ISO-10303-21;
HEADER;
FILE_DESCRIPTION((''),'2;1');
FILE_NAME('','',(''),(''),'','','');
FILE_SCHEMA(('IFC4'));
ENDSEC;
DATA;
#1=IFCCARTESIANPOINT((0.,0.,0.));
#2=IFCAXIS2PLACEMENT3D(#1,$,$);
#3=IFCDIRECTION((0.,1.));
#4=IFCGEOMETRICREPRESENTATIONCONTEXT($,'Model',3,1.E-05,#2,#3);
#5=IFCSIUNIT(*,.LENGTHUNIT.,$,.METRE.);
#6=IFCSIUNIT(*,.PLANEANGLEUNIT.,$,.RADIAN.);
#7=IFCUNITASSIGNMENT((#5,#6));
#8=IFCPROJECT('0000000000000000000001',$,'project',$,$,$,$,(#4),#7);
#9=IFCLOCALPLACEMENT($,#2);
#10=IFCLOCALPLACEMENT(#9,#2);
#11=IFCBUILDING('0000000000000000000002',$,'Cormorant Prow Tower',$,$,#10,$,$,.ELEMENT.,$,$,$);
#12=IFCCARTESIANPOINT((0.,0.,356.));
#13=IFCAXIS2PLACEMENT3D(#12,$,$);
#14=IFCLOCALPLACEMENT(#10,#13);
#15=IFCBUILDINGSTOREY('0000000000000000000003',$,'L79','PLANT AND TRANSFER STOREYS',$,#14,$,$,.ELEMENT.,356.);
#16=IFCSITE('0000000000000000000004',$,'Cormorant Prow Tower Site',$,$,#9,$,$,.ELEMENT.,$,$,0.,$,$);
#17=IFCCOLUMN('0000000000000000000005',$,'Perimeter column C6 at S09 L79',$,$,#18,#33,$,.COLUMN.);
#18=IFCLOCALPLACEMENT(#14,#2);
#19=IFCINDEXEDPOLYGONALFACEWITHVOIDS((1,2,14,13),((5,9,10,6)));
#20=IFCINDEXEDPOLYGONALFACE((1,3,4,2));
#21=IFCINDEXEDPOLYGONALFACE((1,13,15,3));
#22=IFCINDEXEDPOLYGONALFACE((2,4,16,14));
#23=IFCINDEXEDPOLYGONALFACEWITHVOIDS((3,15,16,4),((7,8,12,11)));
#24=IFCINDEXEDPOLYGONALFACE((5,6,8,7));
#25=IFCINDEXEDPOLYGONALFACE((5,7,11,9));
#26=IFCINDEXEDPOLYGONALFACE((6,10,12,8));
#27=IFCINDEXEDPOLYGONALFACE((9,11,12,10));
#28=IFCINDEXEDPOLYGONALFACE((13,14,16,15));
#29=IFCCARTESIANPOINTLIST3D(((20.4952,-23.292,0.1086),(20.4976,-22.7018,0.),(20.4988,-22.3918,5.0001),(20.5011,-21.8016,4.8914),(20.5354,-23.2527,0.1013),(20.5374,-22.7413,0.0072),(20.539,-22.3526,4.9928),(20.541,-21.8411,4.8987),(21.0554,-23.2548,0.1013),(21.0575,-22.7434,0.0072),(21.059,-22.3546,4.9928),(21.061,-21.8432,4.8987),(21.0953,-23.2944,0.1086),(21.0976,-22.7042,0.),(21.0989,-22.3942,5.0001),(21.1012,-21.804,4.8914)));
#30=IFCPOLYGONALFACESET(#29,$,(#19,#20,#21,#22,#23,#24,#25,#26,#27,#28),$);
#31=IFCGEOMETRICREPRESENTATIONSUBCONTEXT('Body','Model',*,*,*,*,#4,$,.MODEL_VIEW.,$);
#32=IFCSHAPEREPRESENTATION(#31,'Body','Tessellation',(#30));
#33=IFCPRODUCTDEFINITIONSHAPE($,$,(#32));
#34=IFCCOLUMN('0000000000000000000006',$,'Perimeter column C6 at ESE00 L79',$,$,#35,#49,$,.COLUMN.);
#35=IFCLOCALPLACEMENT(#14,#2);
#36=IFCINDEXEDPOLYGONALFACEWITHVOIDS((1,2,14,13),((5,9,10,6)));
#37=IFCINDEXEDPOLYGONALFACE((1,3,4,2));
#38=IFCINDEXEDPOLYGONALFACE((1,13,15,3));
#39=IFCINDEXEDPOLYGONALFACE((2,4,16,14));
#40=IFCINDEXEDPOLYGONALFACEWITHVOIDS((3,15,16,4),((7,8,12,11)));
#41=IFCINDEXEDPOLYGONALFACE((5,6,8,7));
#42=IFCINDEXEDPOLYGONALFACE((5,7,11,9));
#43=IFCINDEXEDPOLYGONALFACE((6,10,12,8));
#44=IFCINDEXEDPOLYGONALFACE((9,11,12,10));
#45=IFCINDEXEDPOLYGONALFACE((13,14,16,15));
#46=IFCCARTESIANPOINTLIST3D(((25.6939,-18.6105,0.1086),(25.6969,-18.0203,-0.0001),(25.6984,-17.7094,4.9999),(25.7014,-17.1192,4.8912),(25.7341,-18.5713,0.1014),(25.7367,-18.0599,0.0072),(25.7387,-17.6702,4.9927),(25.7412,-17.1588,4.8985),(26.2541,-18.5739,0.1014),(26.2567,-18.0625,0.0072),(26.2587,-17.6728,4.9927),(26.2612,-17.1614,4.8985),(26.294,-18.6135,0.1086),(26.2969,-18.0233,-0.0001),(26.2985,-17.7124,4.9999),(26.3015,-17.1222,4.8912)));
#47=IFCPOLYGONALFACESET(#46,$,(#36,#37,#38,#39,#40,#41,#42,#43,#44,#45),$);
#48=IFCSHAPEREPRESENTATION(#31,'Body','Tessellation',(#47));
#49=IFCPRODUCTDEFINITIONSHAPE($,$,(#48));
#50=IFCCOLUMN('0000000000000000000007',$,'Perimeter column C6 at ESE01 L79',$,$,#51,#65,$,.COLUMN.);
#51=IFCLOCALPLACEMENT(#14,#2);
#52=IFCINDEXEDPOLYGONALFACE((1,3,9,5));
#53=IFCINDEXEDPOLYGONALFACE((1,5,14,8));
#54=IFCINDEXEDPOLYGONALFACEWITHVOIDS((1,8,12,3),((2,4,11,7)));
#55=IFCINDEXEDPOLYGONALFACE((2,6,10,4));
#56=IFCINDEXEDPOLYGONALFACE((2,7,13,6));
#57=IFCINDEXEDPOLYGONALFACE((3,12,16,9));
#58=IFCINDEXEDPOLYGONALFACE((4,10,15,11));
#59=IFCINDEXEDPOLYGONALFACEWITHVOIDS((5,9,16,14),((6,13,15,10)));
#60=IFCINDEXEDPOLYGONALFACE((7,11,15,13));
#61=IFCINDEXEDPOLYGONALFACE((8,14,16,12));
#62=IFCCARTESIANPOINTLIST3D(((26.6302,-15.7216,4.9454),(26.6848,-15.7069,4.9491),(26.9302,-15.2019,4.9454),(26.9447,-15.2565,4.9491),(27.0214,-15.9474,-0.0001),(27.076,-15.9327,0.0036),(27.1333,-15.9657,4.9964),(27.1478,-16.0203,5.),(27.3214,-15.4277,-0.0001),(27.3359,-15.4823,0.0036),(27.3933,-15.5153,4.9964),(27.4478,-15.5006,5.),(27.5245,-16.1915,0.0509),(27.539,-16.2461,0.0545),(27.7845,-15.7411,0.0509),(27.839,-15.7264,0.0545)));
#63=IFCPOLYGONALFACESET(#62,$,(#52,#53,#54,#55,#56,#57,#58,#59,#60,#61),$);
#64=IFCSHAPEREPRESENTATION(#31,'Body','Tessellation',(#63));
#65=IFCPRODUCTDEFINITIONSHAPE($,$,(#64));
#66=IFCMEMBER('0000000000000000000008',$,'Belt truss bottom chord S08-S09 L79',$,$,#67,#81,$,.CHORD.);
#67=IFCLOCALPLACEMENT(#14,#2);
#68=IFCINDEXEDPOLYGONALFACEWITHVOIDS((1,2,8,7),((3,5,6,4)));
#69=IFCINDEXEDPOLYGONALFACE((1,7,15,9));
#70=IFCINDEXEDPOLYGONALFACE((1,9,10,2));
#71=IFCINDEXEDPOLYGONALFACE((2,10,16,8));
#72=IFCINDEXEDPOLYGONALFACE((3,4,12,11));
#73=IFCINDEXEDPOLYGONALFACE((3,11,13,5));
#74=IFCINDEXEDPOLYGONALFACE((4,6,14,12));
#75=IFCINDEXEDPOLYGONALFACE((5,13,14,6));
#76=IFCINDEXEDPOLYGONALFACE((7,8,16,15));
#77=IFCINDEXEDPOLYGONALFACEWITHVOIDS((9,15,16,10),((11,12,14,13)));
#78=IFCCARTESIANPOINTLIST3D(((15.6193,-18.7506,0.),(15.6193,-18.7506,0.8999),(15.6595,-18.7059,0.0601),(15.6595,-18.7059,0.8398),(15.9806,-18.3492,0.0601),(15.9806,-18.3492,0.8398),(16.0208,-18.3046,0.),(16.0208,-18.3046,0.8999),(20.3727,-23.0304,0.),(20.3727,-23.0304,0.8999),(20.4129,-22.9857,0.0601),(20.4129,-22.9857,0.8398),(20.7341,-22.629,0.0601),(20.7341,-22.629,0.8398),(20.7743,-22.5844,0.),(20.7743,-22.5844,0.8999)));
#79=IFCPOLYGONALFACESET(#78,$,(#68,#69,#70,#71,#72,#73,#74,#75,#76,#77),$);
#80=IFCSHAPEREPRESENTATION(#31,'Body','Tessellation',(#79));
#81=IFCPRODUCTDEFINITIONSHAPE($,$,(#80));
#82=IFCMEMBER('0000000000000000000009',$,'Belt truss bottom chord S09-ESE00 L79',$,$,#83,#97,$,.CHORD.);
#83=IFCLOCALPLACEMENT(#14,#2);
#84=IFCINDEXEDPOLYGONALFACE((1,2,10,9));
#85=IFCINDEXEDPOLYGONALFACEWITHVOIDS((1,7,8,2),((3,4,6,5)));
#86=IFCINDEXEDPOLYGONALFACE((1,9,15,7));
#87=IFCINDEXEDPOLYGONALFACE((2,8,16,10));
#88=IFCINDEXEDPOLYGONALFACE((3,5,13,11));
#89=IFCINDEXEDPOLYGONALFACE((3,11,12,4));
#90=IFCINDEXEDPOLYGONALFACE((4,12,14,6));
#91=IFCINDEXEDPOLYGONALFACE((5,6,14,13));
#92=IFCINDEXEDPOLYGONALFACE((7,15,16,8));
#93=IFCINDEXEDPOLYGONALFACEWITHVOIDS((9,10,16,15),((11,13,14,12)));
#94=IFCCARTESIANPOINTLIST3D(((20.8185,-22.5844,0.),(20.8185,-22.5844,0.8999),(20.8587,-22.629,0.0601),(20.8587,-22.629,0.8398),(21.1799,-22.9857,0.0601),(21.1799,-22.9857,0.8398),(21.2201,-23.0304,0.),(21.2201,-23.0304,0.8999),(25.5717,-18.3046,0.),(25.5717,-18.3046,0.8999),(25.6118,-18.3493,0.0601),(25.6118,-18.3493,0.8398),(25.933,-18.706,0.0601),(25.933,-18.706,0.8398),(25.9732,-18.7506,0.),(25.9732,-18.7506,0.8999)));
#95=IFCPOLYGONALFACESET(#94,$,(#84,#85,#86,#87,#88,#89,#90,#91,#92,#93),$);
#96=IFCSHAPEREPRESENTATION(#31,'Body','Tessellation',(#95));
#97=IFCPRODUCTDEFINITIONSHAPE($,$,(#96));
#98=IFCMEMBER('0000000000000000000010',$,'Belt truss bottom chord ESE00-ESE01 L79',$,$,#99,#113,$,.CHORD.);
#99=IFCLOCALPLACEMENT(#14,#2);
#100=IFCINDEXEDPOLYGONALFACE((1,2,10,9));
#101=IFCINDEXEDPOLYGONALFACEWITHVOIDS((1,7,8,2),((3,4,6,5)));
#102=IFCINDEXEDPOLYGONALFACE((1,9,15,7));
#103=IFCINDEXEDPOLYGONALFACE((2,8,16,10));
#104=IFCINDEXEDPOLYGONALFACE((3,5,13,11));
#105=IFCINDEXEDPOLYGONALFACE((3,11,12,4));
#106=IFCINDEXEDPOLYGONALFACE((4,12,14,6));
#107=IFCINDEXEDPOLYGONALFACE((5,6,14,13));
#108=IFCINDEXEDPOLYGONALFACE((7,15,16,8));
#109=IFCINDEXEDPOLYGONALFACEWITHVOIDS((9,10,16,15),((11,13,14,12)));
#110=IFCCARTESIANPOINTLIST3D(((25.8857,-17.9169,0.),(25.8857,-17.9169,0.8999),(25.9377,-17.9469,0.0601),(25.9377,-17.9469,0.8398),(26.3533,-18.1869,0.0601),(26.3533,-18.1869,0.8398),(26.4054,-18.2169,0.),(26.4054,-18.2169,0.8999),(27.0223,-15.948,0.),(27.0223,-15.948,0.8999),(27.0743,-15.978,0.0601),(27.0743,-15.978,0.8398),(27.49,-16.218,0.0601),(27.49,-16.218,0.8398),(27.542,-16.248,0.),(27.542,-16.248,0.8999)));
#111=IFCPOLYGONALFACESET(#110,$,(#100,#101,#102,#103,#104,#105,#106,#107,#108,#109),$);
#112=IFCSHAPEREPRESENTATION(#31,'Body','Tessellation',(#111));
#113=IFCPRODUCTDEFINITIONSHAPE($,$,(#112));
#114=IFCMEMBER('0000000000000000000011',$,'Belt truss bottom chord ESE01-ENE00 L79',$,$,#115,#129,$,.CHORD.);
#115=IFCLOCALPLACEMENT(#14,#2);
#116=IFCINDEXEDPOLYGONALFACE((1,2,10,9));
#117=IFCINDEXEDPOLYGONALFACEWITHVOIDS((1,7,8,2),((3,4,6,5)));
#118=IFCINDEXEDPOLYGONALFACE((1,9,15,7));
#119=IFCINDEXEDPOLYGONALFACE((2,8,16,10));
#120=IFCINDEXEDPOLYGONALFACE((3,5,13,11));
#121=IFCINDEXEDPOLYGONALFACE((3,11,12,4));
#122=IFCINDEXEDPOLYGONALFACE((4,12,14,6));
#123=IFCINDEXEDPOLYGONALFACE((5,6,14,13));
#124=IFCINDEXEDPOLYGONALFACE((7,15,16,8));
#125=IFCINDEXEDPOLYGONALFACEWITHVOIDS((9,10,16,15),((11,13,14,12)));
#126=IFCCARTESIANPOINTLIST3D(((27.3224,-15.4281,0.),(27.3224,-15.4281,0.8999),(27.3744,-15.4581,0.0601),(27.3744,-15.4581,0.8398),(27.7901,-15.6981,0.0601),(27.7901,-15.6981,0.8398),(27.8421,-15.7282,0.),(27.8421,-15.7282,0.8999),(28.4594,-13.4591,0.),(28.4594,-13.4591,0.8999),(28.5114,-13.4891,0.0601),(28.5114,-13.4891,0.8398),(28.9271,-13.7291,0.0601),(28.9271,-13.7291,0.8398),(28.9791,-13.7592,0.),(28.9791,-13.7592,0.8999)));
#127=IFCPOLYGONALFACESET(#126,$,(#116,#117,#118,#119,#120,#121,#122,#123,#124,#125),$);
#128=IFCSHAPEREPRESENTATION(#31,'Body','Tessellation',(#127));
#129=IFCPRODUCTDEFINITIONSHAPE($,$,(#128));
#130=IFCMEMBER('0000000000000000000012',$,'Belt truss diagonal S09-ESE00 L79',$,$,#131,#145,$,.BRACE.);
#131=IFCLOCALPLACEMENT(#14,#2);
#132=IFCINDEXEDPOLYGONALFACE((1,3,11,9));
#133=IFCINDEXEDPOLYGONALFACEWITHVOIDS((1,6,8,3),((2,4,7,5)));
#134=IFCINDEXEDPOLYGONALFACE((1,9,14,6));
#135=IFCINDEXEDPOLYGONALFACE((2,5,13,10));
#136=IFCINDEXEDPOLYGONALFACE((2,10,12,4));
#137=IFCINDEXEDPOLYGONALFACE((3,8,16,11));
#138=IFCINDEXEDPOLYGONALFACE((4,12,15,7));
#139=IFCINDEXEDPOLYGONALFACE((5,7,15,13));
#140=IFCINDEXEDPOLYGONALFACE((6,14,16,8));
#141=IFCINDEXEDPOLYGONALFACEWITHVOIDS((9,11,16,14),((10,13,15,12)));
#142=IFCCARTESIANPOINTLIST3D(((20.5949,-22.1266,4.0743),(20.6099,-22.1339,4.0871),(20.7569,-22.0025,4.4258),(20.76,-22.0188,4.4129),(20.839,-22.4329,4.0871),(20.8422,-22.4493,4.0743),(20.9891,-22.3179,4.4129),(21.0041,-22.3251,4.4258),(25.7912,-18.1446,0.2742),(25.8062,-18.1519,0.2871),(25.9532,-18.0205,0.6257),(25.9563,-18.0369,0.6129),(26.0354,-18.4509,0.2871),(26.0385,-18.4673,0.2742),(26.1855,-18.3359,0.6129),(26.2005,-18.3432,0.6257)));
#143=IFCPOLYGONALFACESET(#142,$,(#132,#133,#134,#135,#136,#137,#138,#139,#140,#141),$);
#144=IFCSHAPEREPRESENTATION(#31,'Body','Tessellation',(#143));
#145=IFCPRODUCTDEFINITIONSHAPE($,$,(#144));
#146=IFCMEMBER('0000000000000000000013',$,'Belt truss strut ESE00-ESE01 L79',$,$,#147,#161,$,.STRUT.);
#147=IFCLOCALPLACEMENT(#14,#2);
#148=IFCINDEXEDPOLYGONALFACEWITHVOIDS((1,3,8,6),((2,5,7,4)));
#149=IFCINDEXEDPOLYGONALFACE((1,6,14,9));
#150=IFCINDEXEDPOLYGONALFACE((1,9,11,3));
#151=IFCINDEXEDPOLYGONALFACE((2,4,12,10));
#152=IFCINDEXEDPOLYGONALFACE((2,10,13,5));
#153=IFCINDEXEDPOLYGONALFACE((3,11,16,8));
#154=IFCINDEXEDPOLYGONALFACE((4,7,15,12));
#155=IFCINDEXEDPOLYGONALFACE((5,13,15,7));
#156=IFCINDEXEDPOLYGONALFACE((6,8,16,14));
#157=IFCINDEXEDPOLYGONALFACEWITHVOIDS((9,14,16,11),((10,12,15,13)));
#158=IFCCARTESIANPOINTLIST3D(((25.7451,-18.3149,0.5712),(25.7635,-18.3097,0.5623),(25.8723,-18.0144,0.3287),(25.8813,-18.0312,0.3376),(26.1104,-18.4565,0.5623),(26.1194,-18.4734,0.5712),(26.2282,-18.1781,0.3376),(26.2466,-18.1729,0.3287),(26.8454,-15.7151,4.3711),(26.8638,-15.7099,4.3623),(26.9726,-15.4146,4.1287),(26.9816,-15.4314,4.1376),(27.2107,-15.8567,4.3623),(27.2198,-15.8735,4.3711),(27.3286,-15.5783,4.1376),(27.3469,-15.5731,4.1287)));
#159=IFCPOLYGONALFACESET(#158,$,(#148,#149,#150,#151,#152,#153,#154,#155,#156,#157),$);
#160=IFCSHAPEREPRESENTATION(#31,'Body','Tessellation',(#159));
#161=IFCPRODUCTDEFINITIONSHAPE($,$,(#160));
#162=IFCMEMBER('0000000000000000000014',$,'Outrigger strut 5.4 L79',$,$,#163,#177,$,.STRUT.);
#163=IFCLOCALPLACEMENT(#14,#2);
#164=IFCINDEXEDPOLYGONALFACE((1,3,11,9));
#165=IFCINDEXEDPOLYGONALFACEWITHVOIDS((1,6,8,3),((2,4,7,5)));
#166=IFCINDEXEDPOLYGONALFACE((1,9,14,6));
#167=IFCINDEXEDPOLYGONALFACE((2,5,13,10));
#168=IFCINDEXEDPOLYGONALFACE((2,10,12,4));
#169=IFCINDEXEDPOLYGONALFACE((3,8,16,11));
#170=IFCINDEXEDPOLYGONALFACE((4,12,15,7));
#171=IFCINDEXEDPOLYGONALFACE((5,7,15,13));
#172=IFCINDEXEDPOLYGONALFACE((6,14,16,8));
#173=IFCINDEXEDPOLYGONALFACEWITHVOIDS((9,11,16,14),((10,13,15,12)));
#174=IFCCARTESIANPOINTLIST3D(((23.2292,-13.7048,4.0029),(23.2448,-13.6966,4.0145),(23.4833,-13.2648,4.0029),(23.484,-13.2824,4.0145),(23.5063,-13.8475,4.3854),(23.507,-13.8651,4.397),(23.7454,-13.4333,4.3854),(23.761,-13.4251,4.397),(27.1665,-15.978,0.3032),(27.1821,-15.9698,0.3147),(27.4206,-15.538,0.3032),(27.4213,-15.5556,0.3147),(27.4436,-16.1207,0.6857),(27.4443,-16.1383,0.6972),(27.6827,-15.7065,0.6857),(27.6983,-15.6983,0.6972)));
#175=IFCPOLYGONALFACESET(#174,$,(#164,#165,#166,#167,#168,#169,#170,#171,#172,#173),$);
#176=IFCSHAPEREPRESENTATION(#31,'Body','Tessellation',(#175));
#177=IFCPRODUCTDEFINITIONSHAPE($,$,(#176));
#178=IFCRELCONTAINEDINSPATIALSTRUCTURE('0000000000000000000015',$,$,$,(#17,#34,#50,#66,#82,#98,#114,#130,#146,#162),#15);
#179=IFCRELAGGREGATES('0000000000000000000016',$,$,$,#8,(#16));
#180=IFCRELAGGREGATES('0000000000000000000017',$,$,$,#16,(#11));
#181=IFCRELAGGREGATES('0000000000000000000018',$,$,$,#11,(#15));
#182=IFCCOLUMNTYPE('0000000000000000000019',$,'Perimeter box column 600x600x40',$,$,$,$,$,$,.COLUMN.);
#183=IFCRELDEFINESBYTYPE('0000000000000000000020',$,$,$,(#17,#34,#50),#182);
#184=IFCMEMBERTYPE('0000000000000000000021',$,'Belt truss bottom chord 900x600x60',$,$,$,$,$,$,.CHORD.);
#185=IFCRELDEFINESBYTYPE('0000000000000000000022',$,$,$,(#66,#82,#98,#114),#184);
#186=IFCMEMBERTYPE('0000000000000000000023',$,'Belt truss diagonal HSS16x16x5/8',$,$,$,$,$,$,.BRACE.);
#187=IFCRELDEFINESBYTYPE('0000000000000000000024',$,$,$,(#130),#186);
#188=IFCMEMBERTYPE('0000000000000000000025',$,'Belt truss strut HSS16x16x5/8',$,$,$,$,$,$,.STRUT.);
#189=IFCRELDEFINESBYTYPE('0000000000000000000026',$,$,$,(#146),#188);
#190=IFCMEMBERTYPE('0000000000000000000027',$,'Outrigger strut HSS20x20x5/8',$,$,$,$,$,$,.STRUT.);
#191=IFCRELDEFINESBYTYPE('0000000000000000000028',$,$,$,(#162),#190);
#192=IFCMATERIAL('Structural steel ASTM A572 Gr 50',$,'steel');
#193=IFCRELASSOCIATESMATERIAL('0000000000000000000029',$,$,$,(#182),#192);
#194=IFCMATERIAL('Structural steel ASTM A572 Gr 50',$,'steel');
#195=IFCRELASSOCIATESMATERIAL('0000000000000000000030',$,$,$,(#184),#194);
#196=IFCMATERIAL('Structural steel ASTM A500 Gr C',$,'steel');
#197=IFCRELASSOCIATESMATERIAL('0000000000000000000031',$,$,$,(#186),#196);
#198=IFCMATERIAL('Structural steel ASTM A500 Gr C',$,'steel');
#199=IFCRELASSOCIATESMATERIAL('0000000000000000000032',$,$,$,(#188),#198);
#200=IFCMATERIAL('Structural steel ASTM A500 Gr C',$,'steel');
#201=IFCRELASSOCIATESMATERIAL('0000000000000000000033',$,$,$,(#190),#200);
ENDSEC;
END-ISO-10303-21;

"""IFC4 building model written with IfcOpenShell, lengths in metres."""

from ifc_helpers import new_model, si_unit, direction, frame, origin, origin_2d, place, context, subcontext, project, spatial, hollow_rectangle, extrude, material, material_profile, profile_set, type_object, element, save


model = new_model("IFC4")

# Units and contexts
model_context = context("Model", 3, precision=1e-05, world=origin(), true_north=direction((0.0, 1.0)))
body_context = subcontext(model_context, "Body", "Model", "MODEL_VIEW")
ifc_project = project(units=[si_unit("LENGTHUNIT", "METRE"), si_unit("PLANEANGLEUNIT", "RADIAN")], contexts=[model_context])

# Site, building, storey
site_placement = place(None, origin())
site = spatial("IfcSite", under=ifc_project, at=site_placement, Name="Cormorant Prow Tower Site", CompositionType="ELEMENT", RefElevation=0.0)
building_placement = place(site_placement, origin())
building = spatial("IfcBuilding", under=site, at=building_placement, Name="Cormorant Prow Tower", CompositionType="ELEMENT")
storey_placement = place(building_placement, frame((0.0, 0.0, 356.0)))
storey = spatial("IfcBuildingStorey", under=building, at=storey_placement, Name="L79", Description="PLANT AND TRANSFER STOREYS", CompositionType="ELEMENT", Elevation=356.0)

# Columns
ifc_material_1 = material(Name="Structural steel ASTM A572 Gr 50", Category="steel")
ifc_material_profile_1 = material_profile(ifc_material_1, hollow_rectangle(XDim=0.6001, YDim=0.6001, WallThickness=0.04, at=origin_2d()), Name="Box 600x600x40")
ifc_profile_set_1 = profile_set([ifc_material_profile_1], Name="Structural steel ASTM A572 Gr 50")
column_type = type_object("IfcColumnType", Name="Perimeter box column 600x600x40", PredefinedType="COLUMN", material=ifc_profile_set_1)
for number, where, z_axis, x_axis, name in (
    (1, (20.7964, -23.0081, 0.0), (0.00072, 0.180994, 0.983484), (-0.999992, 0.00398, 0.0), "Perimeter column C6 at S09 L79"),
    (2, (25.9954, -18.3269, 0.0), (0.000912, 0.181179, 0.98345), (-0.999987, 0.005036, 0.0), "Perimeter column C6 at ESE00 L79"),
):
    element("IfcColumn", number, at=place(storey_placement, frame(where, z_axis=z_axis, x_axis=x_axis)), inside=storey, type_object=column_type, Name=name, PredefinedType="COLUMN", context=body_context, shape_type="SweptSolid", body=[
        extrude(hollow_rectangle(XDim=0.6001, YDim=0.6001, WallThickness=0.04, at=origin_2d()), frame((0.0, 0.0, 0.0552)), (0.0, 0.0, 1.0), 4.9736),
    ])
column_placement = place(storey_placement, frame((27.4324, -15.8381, 0.0), z_axis=(-0.078774, 0.045465, 0.995855), x_axis=(-0.499877, -0.866097, 0.0)))
element("IfcColumn", 3, at=column_placement, inside=storey, type_object=column_type, Name="Perimeter column C6 at ESE01 L79", PredefinedType="COLUMN", context=body_context, shape_type="SweptSolid", body=[
    extrude(hollow_rectangle(XDim=0.6001, YDim=0.6001, WallThickness=0.04, at=origin_2d()), frame((0.0, 0.0, 0.0273)), (0.0, 0.0, 1.0), 4.9661),
])

# Members
ifc_material_2 = material(Name="Structural steel ASTM A572 Gr 50", Category="steel")
ifc_material_profile_2 = material_profile(ifc_material_2, hollow_rectangle(XDim=0.6001, YDim=0.8999, WallThickness=0.0601, at=origin_2d()), Name="Box 900x600x60")
ifc_profile_set_2 = profile_set([ifc_material_profile_2], Name="Structural steel ASTM A572 Gr 50")
member_type_1 = type_object("IfcMemberType", Name="Belt truss bottom chord 900x600x60", PredefinedType="CHORD", material=ifc_profile_set_2)
member_1_placement = place(storey_placement, frame((15.8201, -18.5276, 0.45), z_axis=(0.743161, -0.669112, 0.0), x_axis=(0.669112, 0.743161, 0.0)))
element("IfcMember", 4, at=member_1_placement, inside=storey, type_object=member_type_1, Name="Belt truss bottom chord S08-S09 L79", PredefinedType="CHORD", context=body_context, shape_type="SweptSolid", body=[
    extrude(hollow_rectangle(XDim=0.6001, YDim=0.8999, WallThickness=0.0601, at=origin_2d()), origin(), (0.0, 0.0, 1.0), 6.3962),
])
member_2_placement = place(storey_placement, frame((21.0193, -22.8074, 0.45), z_axis=(0.743144, 0.669131, 0.0), x_axis=(-0.669131, 0.743144, 0.0)))
element("IfcMember", 5, at=member_2_placement, inside=storey, type_object=member_type_1, Name="Belt truss bottom chord S09-ESE00 L79", PredefinedType="CHORD", context=body_context, shape_type="SweptSolid", body=[
    extrude(hollow_rectangle(XDim=0.6001, YDim=0.8999, WallThickness=0.0601, at=origin_2d()), origin(), (0.0, 0.0, 1.0), 6.396),
])
member_3_placement = place(storey_placement, frame((26.1455, -18.0669, 0.45), z_axis=(0.499973, 0.866041, 0.0), x_axis=(-0.866041, 0.499973, 0.0)))
element("IfcMember", 6, at=member_3_placement, inside=storey, type_object=member_type_1, Name="Belt truss bottom chord ESE00-ESE01 L79", PredefinedType="CHORD", context=body_context, shape_type="SweptSolid", body=[
    extrude(hollow_rectangle(XDim=0.6001, YDim=0.8999, WallThickness=0.0601, at=origin_2d()), origin(), (0.0, 0.0, 1.0), 2.2734),
])
member_4_placement = place(storey_placement, frame((27.5823, -15.5781, 0.45), z_axis=(0.500054, 0.865994, 0.0), x_axis=(-0.865994, 0.500054, 0.0)))
element("IfcMember", 7, at=member_4_placement, inside=storey, type_object=member_type_1, Name="Belt truss bottom chord ESE01-ENE00 L79", PredefinedType="CHORD", context=body_context, shape_type="SweptSolid", body=[
    extrude(hollow_rectangle(XDim=0.6001, YDim=0.8999, WallThickness=0.0601, at=origin_2d()), origin(), (0.0, 0.0, 1.0), 2.2737),
])
ifc_material_3 = material(Name="Structural steel ASTM A500 Gr C", Category="steel")
ifc_material_profile_3 = material_profile(ifc_material_3, hollow_rectangle(XDim=0.4065, YDim=0.4065, WallThickness=0.0149, at=origin_2d()), Name="HSS16x16x5/8")
ifc_profile_set_3 = profile_set([ifc_material_profile_3], Name="Structural steel ASTM A500 Gr C")
member_type_2 = type_object("IfcMemberType", Name="Belt truss diagonal HSS16x16x5/8", PredefinedType="BRACE", material=ifc_profile_set_3)
member_5_placement = place(storey_placement, frame((25.9958, -18.2439, 0.45), z_axis=(-0.686476, -0.526049, 0.50202), x_axis=(0.60825, -0.793746, 0.0)))
element("IfcMember", 8, at=member_5_placement, inside=storey, type_object=member_type_2, Name="Belt truss diagonal S09-ESE00 L79", PredefinedType="BRACE", context=body_context, shape_type="SweptSolid", body=[
    extrude(hollow_rectangle(XDim=0.4065, YDim=0.4065, WallThickness=0.0149, at=origin_2d()), origin(), (0.0, 0.0, 1.0), 7.5696),
])
ifc_material_4 = material(Name="Structural steel ASTM A500 Gr C", Category="steel")
ifc_material_profile_4 = material_profile(ifc_material_4, hollow_rectangle(XDim=0.4065, YDim=0.4065, WallThickness=0.0149, at=origin_2d()), Name="HSS16x16x5/8")
ifc_profile_set_4 = profile_set([ifc_material_profile_4], Name="Structural steel ASTM A500 Gr C")
member_type_3 = type_object("IfcMemberType", Name="Belt truss strut HSS16x16x5/8", PredefinedType="STRUT", material=ifc_profile_set_4)
member_6_placement = place(storey_placement, frame((25.9958, -18.2439, 0.45), z_axis=(0.232436, 0.549192, 0.802721), x_axis=(-0.920916, 0.389761, 0.0)))
element("IfcMember", 9, at=member_6_placement, inside=storey, type_object=member_type_3, Name="Belt truss strut ESE00-ESE01 L79", PredefinedType="STRUT", context=body_context, shape_type="SweptSolid", body=[
    extrude(hollow_rectangle(XDim=0.4065, YDim=0.4065, WallThickness=0.0149, at=origin_2d()), origin(), (0.0, 0.0, 1.0), 4.7339),
])
ifc_material_5 = material(Name="Structural steel ASTM A500 Gr C", Category="steel")
ifc_material_profile_5 = material_profile(ifc_material_5, hollow_rectangle(XDim=0.5081, YDim=0.5081, WallThickness=0.0149, at=origin_2d()), Name="HSS20x20x5/8")
ifc_profile_set_5 = profile_set([ifc_material_profile_5], Name="Structural steel ASTM A500 Gr C")
member_type_4 = type_object("IfcMemberType", Name="Outrigger strut HSS20x20x5/8", PredefinedType="STRUT", material=ifc_profile_set_5)
member_7_placement = place(storey_placement, frame((23.4951, -13.5649, 4.2), z_axis=(0.671714, -0.387817, -0.631187), x_axis=(0.500003, 0.866024, 0.0)))
element("IfcMember", 10, at=member_7_placement, inside=storey, type_object=member_type_4, Name="Outrigger strut 5.4 L79", PredefinedType="STRUT", context=body_context, shape_type="SweptSolid", body=[
    extrude(hollow_rectangle(XDim=0.5081, YDim=0.5081, WallThickness=0.0149, at=origin_2d()), origin(), (0.0, 0.0, 1.0), 5.8616),
])

save(model, "model.ifc")
